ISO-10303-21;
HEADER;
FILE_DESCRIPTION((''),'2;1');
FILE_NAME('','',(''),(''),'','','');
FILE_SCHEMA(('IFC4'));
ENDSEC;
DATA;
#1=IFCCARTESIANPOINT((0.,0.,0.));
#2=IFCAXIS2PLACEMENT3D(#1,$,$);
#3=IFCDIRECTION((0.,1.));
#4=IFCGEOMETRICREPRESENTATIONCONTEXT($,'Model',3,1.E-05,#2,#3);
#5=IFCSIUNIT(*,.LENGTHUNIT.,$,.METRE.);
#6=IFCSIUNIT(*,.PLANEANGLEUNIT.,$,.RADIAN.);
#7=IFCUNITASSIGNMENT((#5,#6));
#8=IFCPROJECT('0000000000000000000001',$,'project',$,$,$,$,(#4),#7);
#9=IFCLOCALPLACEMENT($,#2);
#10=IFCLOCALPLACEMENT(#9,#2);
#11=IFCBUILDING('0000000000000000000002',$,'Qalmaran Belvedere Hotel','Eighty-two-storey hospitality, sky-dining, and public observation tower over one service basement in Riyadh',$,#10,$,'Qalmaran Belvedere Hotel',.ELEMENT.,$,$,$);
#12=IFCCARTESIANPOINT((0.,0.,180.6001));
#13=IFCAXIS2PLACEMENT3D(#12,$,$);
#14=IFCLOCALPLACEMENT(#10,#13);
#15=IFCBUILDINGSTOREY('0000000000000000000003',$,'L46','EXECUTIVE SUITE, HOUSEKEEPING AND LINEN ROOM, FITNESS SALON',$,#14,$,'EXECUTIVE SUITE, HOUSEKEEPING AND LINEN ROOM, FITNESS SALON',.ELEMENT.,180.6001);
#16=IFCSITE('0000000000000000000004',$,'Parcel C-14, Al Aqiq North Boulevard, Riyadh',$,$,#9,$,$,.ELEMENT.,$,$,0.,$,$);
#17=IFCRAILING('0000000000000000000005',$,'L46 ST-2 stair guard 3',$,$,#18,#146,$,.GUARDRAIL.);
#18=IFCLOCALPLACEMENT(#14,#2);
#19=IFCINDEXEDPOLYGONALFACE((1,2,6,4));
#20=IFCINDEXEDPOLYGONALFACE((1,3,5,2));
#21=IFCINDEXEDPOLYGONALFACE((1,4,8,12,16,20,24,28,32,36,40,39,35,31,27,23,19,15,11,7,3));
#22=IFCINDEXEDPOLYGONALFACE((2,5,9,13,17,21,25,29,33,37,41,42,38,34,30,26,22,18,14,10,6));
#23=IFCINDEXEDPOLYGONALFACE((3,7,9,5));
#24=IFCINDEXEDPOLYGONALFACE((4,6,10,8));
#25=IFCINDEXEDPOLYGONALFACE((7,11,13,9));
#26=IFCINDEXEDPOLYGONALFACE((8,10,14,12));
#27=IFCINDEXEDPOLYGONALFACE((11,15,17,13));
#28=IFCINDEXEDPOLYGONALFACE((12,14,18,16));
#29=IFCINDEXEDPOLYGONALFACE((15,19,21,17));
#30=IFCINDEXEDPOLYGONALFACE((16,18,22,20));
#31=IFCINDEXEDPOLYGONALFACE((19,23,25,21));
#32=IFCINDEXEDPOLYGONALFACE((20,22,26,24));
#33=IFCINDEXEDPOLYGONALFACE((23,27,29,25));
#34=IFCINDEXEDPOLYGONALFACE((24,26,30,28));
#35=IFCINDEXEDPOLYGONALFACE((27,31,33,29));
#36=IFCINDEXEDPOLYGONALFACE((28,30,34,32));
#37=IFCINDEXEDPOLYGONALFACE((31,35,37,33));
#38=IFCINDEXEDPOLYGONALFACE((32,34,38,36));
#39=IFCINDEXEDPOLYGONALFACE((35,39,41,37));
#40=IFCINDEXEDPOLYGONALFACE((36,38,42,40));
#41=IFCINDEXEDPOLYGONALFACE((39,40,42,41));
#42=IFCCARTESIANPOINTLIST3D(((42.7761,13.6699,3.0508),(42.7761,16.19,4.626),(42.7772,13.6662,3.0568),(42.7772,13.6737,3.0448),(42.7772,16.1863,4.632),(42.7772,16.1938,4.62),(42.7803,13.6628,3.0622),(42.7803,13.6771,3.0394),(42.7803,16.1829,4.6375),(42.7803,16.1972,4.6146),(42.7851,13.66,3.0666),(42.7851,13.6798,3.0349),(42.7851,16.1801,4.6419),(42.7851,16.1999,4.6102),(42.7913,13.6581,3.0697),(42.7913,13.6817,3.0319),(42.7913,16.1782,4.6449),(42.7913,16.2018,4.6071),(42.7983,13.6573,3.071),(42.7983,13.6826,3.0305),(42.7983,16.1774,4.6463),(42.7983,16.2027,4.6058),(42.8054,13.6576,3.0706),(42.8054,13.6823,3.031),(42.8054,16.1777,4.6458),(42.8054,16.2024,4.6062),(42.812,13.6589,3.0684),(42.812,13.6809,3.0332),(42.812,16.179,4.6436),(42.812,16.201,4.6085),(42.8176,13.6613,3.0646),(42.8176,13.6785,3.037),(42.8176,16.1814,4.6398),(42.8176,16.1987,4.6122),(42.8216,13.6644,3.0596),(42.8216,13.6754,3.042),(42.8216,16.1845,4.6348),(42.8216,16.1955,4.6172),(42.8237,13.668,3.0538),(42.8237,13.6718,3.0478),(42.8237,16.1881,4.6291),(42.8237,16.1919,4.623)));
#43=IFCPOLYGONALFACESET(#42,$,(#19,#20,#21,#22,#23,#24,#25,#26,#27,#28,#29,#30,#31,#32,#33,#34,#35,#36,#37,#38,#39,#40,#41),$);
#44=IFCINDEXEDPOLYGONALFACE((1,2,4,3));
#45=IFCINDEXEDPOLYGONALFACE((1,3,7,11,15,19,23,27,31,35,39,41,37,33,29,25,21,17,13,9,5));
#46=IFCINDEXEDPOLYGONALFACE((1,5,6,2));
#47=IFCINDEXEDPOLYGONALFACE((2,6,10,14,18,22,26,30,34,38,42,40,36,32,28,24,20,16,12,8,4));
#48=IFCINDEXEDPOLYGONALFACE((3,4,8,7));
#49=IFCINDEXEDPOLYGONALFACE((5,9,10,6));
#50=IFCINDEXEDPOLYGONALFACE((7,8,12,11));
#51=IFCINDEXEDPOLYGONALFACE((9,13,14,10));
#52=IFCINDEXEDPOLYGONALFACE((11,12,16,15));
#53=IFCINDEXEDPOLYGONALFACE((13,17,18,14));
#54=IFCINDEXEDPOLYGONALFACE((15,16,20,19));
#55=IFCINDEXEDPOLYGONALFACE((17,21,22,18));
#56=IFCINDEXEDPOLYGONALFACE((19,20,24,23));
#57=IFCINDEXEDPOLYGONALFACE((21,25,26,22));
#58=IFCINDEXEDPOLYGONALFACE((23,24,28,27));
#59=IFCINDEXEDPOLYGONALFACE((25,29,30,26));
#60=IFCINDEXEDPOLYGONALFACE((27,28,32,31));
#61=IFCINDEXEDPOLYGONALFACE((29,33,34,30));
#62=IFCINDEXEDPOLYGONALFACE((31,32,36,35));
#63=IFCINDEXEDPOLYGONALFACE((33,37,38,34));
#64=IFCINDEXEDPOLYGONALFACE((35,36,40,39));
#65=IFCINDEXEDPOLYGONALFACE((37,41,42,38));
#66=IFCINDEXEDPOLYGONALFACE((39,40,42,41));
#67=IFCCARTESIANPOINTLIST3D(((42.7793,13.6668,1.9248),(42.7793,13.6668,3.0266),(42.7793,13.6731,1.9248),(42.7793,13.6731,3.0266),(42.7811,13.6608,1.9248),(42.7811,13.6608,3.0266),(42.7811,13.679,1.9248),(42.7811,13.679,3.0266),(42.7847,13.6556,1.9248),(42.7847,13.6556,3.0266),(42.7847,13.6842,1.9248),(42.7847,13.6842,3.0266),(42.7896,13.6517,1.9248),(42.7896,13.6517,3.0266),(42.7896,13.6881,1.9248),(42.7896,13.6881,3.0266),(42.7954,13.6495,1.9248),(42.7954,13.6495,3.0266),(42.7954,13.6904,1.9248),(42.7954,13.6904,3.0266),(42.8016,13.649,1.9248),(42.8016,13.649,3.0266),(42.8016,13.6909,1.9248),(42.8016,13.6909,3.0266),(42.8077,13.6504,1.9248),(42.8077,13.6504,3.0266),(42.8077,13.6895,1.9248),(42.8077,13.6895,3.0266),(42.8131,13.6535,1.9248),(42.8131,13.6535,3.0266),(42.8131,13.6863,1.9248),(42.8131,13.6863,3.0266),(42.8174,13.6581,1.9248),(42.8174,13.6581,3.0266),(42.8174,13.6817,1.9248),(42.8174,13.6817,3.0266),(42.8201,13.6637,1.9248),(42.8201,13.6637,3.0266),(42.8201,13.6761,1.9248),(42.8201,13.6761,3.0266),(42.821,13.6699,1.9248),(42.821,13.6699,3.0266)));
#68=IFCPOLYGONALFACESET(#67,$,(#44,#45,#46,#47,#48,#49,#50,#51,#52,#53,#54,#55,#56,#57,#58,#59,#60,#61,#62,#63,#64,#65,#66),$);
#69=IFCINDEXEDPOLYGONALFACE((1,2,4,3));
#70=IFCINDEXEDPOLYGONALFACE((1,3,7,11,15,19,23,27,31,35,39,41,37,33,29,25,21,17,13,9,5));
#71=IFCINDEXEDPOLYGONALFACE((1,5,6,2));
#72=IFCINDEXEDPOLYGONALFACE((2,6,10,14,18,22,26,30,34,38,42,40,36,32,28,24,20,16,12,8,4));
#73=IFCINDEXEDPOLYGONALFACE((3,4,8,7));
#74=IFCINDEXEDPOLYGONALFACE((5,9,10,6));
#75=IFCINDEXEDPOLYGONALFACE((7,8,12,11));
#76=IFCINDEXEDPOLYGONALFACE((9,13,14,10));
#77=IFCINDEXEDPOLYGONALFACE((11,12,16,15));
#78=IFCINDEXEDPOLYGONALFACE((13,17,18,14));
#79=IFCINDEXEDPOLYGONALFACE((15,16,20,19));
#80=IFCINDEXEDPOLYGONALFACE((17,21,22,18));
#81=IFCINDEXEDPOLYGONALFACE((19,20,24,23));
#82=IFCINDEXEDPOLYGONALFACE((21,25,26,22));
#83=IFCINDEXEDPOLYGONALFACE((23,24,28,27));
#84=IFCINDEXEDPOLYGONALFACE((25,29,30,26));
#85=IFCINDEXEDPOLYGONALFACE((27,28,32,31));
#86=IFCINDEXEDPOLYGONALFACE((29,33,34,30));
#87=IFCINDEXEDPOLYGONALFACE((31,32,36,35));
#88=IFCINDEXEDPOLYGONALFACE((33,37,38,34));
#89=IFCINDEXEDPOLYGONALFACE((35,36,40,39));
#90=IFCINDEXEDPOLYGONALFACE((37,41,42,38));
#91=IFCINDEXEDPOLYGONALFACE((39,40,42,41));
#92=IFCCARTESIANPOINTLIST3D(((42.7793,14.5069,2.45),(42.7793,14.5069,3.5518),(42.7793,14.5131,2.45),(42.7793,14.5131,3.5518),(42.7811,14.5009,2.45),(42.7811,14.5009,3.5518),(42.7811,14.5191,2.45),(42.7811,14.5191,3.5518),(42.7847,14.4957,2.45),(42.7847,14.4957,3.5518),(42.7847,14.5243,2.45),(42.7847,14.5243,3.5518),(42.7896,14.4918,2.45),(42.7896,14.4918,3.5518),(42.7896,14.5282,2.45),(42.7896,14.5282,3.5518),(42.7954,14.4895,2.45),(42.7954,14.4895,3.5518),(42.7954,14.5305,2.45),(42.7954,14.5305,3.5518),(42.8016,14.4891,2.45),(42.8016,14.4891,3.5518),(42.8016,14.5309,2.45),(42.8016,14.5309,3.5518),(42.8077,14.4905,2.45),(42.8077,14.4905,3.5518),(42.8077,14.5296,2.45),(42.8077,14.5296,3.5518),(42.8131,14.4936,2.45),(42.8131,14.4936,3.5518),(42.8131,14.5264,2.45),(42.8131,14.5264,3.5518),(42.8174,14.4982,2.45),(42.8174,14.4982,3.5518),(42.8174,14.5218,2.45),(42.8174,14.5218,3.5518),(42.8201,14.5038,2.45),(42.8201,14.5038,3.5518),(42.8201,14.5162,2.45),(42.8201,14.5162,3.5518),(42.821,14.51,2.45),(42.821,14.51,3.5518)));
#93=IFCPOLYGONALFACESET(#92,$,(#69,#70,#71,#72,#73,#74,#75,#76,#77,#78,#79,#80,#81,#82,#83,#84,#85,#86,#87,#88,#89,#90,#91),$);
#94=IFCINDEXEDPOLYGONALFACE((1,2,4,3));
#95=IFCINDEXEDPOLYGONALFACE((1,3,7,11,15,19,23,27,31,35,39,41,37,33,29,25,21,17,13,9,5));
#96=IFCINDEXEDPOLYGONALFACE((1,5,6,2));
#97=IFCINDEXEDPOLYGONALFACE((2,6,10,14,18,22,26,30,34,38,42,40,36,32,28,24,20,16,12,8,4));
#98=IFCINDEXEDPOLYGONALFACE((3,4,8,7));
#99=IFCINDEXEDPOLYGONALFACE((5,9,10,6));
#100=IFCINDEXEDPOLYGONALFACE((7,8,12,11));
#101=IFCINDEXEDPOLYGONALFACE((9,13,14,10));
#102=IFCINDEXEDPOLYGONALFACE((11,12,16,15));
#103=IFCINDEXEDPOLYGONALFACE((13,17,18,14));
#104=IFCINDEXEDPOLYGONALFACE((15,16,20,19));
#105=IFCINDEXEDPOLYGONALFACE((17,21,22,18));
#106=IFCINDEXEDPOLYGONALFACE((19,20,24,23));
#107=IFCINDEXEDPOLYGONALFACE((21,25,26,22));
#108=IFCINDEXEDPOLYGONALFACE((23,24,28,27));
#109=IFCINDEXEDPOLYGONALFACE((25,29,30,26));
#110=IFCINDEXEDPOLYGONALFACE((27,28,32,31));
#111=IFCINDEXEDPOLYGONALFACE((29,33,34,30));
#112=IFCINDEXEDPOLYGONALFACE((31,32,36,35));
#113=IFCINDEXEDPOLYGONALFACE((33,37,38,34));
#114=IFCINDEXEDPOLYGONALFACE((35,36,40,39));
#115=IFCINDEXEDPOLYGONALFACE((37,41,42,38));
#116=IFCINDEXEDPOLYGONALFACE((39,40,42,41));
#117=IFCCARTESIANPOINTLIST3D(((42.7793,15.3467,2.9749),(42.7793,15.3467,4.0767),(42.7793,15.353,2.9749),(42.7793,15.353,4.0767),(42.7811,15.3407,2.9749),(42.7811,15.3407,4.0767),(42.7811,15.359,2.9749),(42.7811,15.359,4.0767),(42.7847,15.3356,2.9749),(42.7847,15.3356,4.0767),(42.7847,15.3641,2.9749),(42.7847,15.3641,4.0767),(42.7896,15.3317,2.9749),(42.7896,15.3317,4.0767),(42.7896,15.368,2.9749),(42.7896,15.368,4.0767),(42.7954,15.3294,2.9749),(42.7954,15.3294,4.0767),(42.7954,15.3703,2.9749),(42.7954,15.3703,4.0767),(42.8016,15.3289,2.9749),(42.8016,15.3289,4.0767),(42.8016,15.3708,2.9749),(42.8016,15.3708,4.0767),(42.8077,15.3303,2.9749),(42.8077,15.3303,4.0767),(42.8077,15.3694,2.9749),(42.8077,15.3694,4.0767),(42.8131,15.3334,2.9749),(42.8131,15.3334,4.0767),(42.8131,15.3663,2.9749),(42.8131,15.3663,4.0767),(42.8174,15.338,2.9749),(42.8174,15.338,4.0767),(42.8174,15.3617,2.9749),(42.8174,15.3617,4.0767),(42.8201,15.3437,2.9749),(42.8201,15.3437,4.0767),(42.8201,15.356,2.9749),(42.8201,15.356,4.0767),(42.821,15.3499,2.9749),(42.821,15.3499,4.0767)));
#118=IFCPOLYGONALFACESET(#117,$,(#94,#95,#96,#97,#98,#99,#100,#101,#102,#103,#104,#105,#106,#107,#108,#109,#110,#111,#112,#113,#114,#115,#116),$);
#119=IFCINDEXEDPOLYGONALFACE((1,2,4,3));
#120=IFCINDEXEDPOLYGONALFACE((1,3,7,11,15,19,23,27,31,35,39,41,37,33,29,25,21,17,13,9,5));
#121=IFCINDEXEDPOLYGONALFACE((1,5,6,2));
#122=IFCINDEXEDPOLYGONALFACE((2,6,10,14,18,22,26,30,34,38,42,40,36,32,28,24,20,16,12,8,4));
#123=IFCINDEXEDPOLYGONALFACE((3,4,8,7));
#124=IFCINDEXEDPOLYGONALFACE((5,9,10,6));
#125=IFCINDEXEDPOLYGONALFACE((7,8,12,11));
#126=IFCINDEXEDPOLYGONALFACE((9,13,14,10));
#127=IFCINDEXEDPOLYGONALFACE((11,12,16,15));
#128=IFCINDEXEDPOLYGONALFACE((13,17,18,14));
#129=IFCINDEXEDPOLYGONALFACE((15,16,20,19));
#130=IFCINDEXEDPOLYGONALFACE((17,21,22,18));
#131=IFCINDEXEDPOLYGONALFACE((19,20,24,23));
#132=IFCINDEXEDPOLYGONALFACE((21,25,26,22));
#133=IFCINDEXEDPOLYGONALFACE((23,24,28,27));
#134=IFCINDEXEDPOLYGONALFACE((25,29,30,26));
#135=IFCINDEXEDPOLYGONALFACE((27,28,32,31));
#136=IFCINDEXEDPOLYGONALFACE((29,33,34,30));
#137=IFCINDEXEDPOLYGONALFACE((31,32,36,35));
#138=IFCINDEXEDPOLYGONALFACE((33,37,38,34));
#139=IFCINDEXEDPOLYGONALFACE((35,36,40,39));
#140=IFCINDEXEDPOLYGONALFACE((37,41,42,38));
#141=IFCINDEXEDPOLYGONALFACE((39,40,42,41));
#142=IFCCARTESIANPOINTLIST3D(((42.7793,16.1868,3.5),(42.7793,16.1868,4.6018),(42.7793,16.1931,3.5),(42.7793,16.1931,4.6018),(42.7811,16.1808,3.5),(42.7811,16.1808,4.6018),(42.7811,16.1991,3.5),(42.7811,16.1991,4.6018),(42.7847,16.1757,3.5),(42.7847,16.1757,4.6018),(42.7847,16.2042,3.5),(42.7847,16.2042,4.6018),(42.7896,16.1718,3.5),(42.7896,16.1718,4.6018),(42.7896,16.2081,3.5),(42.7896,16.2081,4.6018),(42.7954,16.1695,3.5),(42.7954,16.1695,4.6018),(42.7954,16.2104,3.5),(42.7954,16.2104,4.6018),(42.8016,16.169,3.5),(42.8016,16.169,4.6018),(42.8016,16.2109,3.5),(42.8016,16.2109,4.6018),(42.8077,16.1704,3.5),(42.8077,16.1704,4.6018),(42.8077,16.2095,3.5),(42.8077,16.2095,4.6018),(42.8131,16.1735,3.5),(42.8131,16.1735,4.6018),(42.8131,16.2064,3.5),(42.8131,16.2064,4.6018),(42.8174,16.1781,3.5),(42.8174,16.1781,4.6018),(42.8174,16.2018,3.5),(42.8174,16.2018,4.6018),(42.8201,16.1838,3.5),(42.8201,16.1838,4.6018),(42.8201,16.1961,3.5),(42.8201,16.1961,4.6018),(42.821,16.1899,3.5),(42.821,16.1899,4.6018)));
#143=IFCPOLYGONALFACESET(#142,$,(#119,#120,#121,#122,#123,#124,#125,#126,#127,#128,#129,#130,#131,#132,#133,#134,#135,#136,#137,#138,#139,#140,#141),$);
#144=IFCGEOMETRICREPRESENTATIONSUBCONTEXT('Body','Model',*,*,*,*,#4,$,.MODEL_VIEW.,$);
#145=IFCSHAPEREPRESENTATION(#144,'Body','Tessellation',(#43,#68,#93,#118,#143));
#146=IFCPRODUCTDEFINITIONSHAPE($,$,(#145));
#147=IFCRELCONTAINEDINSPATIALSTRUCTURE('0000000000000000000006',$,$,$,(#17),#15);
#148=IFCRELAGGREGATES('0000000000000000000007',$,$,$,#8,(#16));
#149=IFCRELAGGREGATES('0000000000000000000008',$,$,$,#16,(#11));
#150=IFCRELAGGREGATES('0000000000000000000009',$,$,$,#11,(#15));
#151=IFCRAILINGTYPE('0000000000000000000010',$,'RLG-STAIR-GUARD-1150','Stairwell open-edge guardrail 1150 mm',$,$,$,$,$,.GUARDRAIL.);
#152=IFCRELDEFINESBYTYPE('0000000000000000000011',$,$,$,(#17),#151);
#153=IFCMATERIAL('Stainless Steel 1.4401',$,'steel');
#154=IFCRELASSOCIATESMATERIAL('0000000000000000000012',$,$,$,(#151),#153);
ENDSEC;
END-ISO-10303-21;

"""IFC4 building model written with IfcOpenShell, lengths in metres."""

from ifc_helpers import new_model, si_unit, direction, frame, origin, origin_2d, place, context, subcontext, project, spatial, circle, extrude, material, type_object, element, save


model = new_model("IFC4")

# Units and contexts
model_context = context("Model", 3, precision=1e-05, world=origin(), true_north=direction((0.0, 1.0)))
body_context = subcontext(model_context, "Body", "Model", "MODEL_VIEW")
ifc_project = project(units=[si_unit("LENGTHUNIT", "METRE"), si_unit("PLANEANGLEUNIT", "RADIAN")], contexts=[model_context])

# Site, building, storey
site_placement = place(None, origin())
site = spatial("IfcSite", under=ifc_project, at=site_placement, Name="Parcel C-14, Al Aqiq North Boulevard, Riyadh", CompositionType="ELEMENT", RefElevation=0.0)
building_placement = place(site_placement, origin())
building = spatial("IfcBuilding", under=site, at=building_placement, Name="Qalmaran Belvedere Hotel", Description="Eighty-two-storey hospitality, sky-dining, and public observation tower over one service basement in Riyadh", LongName="Qalmaran Belvedere Hotel", CompositionType="ELEMENT")
storey_placement = place(building_placement, frame((0.0, 0.0, 180.6001)))
storey = spatial("IfcBuildingStorey", under=building, at=storey_placement, Name="L46", Description="EXECUTIVE SUITE, HOUSEKEEPING AND LINEN ROOM, FITNESS SALON", LongName="EXECUTIVE SUITE, HOUSEKEEPING AND LINEN ROOM, FITNESS SALON", CompositionType="ELEMENT", Elevation=180.6001)

# Railing
ifc_material_1 = material(Name="Stainless Steel 1.4401", Category="steel")
railing_type_1 = type_object("IfcRailingType", Name="RLG-STAIR-GUARD-1150", Description="Stairwell open-edge guardrail 1150 mm", PredefinedType="GUARDRAIL", material=ifc_material_1)
railing_1_placement = place(storey_placement, frame((42.8, 13.6699, 1.9248)))
element("IfcRailing", 1, at=railing_1_placement, inside=storey, type_object=railing_type_1, Name="L46 ST-2 stair guard 3", PredefinedType="GUARDRAIL", context=body_context, shape_type="SweptSolid", body=[
    extrude(circle(Radius=0.0239, at=origin_2d()), frame((0.0, 0.0, 1.126), z_axis=(0.0, 0.847971, 0.530043), x_axis=(-1.0, 0.0, 0.0)), (0.0, 0.0, 1.0), 2.9719),
    extrude(circle(Radius=0.021, at=origin_2d()), origin(), (0.0, 0.0, 1.0), 1.1018),
    extrude(circle(Radius=0.021, at=origin_2d()), frame((0.0, 0.8401, 0.5251)), (0.0, 0.0, 1.0), 1.1018),
    extrude(circle(Radius=0.021, at=origin_2d()), frame((0.0, 1.6799, 1.05)), (0.0, 0.0, 1.0), 1.1018),
    extrude(circle(Radius=0.021, at=origin_2d()), frame((0.0, 2.52, 1.5752)), (0.0, 0.0, 1.0), 1.1018),
])

save(model, "model.ifc")
